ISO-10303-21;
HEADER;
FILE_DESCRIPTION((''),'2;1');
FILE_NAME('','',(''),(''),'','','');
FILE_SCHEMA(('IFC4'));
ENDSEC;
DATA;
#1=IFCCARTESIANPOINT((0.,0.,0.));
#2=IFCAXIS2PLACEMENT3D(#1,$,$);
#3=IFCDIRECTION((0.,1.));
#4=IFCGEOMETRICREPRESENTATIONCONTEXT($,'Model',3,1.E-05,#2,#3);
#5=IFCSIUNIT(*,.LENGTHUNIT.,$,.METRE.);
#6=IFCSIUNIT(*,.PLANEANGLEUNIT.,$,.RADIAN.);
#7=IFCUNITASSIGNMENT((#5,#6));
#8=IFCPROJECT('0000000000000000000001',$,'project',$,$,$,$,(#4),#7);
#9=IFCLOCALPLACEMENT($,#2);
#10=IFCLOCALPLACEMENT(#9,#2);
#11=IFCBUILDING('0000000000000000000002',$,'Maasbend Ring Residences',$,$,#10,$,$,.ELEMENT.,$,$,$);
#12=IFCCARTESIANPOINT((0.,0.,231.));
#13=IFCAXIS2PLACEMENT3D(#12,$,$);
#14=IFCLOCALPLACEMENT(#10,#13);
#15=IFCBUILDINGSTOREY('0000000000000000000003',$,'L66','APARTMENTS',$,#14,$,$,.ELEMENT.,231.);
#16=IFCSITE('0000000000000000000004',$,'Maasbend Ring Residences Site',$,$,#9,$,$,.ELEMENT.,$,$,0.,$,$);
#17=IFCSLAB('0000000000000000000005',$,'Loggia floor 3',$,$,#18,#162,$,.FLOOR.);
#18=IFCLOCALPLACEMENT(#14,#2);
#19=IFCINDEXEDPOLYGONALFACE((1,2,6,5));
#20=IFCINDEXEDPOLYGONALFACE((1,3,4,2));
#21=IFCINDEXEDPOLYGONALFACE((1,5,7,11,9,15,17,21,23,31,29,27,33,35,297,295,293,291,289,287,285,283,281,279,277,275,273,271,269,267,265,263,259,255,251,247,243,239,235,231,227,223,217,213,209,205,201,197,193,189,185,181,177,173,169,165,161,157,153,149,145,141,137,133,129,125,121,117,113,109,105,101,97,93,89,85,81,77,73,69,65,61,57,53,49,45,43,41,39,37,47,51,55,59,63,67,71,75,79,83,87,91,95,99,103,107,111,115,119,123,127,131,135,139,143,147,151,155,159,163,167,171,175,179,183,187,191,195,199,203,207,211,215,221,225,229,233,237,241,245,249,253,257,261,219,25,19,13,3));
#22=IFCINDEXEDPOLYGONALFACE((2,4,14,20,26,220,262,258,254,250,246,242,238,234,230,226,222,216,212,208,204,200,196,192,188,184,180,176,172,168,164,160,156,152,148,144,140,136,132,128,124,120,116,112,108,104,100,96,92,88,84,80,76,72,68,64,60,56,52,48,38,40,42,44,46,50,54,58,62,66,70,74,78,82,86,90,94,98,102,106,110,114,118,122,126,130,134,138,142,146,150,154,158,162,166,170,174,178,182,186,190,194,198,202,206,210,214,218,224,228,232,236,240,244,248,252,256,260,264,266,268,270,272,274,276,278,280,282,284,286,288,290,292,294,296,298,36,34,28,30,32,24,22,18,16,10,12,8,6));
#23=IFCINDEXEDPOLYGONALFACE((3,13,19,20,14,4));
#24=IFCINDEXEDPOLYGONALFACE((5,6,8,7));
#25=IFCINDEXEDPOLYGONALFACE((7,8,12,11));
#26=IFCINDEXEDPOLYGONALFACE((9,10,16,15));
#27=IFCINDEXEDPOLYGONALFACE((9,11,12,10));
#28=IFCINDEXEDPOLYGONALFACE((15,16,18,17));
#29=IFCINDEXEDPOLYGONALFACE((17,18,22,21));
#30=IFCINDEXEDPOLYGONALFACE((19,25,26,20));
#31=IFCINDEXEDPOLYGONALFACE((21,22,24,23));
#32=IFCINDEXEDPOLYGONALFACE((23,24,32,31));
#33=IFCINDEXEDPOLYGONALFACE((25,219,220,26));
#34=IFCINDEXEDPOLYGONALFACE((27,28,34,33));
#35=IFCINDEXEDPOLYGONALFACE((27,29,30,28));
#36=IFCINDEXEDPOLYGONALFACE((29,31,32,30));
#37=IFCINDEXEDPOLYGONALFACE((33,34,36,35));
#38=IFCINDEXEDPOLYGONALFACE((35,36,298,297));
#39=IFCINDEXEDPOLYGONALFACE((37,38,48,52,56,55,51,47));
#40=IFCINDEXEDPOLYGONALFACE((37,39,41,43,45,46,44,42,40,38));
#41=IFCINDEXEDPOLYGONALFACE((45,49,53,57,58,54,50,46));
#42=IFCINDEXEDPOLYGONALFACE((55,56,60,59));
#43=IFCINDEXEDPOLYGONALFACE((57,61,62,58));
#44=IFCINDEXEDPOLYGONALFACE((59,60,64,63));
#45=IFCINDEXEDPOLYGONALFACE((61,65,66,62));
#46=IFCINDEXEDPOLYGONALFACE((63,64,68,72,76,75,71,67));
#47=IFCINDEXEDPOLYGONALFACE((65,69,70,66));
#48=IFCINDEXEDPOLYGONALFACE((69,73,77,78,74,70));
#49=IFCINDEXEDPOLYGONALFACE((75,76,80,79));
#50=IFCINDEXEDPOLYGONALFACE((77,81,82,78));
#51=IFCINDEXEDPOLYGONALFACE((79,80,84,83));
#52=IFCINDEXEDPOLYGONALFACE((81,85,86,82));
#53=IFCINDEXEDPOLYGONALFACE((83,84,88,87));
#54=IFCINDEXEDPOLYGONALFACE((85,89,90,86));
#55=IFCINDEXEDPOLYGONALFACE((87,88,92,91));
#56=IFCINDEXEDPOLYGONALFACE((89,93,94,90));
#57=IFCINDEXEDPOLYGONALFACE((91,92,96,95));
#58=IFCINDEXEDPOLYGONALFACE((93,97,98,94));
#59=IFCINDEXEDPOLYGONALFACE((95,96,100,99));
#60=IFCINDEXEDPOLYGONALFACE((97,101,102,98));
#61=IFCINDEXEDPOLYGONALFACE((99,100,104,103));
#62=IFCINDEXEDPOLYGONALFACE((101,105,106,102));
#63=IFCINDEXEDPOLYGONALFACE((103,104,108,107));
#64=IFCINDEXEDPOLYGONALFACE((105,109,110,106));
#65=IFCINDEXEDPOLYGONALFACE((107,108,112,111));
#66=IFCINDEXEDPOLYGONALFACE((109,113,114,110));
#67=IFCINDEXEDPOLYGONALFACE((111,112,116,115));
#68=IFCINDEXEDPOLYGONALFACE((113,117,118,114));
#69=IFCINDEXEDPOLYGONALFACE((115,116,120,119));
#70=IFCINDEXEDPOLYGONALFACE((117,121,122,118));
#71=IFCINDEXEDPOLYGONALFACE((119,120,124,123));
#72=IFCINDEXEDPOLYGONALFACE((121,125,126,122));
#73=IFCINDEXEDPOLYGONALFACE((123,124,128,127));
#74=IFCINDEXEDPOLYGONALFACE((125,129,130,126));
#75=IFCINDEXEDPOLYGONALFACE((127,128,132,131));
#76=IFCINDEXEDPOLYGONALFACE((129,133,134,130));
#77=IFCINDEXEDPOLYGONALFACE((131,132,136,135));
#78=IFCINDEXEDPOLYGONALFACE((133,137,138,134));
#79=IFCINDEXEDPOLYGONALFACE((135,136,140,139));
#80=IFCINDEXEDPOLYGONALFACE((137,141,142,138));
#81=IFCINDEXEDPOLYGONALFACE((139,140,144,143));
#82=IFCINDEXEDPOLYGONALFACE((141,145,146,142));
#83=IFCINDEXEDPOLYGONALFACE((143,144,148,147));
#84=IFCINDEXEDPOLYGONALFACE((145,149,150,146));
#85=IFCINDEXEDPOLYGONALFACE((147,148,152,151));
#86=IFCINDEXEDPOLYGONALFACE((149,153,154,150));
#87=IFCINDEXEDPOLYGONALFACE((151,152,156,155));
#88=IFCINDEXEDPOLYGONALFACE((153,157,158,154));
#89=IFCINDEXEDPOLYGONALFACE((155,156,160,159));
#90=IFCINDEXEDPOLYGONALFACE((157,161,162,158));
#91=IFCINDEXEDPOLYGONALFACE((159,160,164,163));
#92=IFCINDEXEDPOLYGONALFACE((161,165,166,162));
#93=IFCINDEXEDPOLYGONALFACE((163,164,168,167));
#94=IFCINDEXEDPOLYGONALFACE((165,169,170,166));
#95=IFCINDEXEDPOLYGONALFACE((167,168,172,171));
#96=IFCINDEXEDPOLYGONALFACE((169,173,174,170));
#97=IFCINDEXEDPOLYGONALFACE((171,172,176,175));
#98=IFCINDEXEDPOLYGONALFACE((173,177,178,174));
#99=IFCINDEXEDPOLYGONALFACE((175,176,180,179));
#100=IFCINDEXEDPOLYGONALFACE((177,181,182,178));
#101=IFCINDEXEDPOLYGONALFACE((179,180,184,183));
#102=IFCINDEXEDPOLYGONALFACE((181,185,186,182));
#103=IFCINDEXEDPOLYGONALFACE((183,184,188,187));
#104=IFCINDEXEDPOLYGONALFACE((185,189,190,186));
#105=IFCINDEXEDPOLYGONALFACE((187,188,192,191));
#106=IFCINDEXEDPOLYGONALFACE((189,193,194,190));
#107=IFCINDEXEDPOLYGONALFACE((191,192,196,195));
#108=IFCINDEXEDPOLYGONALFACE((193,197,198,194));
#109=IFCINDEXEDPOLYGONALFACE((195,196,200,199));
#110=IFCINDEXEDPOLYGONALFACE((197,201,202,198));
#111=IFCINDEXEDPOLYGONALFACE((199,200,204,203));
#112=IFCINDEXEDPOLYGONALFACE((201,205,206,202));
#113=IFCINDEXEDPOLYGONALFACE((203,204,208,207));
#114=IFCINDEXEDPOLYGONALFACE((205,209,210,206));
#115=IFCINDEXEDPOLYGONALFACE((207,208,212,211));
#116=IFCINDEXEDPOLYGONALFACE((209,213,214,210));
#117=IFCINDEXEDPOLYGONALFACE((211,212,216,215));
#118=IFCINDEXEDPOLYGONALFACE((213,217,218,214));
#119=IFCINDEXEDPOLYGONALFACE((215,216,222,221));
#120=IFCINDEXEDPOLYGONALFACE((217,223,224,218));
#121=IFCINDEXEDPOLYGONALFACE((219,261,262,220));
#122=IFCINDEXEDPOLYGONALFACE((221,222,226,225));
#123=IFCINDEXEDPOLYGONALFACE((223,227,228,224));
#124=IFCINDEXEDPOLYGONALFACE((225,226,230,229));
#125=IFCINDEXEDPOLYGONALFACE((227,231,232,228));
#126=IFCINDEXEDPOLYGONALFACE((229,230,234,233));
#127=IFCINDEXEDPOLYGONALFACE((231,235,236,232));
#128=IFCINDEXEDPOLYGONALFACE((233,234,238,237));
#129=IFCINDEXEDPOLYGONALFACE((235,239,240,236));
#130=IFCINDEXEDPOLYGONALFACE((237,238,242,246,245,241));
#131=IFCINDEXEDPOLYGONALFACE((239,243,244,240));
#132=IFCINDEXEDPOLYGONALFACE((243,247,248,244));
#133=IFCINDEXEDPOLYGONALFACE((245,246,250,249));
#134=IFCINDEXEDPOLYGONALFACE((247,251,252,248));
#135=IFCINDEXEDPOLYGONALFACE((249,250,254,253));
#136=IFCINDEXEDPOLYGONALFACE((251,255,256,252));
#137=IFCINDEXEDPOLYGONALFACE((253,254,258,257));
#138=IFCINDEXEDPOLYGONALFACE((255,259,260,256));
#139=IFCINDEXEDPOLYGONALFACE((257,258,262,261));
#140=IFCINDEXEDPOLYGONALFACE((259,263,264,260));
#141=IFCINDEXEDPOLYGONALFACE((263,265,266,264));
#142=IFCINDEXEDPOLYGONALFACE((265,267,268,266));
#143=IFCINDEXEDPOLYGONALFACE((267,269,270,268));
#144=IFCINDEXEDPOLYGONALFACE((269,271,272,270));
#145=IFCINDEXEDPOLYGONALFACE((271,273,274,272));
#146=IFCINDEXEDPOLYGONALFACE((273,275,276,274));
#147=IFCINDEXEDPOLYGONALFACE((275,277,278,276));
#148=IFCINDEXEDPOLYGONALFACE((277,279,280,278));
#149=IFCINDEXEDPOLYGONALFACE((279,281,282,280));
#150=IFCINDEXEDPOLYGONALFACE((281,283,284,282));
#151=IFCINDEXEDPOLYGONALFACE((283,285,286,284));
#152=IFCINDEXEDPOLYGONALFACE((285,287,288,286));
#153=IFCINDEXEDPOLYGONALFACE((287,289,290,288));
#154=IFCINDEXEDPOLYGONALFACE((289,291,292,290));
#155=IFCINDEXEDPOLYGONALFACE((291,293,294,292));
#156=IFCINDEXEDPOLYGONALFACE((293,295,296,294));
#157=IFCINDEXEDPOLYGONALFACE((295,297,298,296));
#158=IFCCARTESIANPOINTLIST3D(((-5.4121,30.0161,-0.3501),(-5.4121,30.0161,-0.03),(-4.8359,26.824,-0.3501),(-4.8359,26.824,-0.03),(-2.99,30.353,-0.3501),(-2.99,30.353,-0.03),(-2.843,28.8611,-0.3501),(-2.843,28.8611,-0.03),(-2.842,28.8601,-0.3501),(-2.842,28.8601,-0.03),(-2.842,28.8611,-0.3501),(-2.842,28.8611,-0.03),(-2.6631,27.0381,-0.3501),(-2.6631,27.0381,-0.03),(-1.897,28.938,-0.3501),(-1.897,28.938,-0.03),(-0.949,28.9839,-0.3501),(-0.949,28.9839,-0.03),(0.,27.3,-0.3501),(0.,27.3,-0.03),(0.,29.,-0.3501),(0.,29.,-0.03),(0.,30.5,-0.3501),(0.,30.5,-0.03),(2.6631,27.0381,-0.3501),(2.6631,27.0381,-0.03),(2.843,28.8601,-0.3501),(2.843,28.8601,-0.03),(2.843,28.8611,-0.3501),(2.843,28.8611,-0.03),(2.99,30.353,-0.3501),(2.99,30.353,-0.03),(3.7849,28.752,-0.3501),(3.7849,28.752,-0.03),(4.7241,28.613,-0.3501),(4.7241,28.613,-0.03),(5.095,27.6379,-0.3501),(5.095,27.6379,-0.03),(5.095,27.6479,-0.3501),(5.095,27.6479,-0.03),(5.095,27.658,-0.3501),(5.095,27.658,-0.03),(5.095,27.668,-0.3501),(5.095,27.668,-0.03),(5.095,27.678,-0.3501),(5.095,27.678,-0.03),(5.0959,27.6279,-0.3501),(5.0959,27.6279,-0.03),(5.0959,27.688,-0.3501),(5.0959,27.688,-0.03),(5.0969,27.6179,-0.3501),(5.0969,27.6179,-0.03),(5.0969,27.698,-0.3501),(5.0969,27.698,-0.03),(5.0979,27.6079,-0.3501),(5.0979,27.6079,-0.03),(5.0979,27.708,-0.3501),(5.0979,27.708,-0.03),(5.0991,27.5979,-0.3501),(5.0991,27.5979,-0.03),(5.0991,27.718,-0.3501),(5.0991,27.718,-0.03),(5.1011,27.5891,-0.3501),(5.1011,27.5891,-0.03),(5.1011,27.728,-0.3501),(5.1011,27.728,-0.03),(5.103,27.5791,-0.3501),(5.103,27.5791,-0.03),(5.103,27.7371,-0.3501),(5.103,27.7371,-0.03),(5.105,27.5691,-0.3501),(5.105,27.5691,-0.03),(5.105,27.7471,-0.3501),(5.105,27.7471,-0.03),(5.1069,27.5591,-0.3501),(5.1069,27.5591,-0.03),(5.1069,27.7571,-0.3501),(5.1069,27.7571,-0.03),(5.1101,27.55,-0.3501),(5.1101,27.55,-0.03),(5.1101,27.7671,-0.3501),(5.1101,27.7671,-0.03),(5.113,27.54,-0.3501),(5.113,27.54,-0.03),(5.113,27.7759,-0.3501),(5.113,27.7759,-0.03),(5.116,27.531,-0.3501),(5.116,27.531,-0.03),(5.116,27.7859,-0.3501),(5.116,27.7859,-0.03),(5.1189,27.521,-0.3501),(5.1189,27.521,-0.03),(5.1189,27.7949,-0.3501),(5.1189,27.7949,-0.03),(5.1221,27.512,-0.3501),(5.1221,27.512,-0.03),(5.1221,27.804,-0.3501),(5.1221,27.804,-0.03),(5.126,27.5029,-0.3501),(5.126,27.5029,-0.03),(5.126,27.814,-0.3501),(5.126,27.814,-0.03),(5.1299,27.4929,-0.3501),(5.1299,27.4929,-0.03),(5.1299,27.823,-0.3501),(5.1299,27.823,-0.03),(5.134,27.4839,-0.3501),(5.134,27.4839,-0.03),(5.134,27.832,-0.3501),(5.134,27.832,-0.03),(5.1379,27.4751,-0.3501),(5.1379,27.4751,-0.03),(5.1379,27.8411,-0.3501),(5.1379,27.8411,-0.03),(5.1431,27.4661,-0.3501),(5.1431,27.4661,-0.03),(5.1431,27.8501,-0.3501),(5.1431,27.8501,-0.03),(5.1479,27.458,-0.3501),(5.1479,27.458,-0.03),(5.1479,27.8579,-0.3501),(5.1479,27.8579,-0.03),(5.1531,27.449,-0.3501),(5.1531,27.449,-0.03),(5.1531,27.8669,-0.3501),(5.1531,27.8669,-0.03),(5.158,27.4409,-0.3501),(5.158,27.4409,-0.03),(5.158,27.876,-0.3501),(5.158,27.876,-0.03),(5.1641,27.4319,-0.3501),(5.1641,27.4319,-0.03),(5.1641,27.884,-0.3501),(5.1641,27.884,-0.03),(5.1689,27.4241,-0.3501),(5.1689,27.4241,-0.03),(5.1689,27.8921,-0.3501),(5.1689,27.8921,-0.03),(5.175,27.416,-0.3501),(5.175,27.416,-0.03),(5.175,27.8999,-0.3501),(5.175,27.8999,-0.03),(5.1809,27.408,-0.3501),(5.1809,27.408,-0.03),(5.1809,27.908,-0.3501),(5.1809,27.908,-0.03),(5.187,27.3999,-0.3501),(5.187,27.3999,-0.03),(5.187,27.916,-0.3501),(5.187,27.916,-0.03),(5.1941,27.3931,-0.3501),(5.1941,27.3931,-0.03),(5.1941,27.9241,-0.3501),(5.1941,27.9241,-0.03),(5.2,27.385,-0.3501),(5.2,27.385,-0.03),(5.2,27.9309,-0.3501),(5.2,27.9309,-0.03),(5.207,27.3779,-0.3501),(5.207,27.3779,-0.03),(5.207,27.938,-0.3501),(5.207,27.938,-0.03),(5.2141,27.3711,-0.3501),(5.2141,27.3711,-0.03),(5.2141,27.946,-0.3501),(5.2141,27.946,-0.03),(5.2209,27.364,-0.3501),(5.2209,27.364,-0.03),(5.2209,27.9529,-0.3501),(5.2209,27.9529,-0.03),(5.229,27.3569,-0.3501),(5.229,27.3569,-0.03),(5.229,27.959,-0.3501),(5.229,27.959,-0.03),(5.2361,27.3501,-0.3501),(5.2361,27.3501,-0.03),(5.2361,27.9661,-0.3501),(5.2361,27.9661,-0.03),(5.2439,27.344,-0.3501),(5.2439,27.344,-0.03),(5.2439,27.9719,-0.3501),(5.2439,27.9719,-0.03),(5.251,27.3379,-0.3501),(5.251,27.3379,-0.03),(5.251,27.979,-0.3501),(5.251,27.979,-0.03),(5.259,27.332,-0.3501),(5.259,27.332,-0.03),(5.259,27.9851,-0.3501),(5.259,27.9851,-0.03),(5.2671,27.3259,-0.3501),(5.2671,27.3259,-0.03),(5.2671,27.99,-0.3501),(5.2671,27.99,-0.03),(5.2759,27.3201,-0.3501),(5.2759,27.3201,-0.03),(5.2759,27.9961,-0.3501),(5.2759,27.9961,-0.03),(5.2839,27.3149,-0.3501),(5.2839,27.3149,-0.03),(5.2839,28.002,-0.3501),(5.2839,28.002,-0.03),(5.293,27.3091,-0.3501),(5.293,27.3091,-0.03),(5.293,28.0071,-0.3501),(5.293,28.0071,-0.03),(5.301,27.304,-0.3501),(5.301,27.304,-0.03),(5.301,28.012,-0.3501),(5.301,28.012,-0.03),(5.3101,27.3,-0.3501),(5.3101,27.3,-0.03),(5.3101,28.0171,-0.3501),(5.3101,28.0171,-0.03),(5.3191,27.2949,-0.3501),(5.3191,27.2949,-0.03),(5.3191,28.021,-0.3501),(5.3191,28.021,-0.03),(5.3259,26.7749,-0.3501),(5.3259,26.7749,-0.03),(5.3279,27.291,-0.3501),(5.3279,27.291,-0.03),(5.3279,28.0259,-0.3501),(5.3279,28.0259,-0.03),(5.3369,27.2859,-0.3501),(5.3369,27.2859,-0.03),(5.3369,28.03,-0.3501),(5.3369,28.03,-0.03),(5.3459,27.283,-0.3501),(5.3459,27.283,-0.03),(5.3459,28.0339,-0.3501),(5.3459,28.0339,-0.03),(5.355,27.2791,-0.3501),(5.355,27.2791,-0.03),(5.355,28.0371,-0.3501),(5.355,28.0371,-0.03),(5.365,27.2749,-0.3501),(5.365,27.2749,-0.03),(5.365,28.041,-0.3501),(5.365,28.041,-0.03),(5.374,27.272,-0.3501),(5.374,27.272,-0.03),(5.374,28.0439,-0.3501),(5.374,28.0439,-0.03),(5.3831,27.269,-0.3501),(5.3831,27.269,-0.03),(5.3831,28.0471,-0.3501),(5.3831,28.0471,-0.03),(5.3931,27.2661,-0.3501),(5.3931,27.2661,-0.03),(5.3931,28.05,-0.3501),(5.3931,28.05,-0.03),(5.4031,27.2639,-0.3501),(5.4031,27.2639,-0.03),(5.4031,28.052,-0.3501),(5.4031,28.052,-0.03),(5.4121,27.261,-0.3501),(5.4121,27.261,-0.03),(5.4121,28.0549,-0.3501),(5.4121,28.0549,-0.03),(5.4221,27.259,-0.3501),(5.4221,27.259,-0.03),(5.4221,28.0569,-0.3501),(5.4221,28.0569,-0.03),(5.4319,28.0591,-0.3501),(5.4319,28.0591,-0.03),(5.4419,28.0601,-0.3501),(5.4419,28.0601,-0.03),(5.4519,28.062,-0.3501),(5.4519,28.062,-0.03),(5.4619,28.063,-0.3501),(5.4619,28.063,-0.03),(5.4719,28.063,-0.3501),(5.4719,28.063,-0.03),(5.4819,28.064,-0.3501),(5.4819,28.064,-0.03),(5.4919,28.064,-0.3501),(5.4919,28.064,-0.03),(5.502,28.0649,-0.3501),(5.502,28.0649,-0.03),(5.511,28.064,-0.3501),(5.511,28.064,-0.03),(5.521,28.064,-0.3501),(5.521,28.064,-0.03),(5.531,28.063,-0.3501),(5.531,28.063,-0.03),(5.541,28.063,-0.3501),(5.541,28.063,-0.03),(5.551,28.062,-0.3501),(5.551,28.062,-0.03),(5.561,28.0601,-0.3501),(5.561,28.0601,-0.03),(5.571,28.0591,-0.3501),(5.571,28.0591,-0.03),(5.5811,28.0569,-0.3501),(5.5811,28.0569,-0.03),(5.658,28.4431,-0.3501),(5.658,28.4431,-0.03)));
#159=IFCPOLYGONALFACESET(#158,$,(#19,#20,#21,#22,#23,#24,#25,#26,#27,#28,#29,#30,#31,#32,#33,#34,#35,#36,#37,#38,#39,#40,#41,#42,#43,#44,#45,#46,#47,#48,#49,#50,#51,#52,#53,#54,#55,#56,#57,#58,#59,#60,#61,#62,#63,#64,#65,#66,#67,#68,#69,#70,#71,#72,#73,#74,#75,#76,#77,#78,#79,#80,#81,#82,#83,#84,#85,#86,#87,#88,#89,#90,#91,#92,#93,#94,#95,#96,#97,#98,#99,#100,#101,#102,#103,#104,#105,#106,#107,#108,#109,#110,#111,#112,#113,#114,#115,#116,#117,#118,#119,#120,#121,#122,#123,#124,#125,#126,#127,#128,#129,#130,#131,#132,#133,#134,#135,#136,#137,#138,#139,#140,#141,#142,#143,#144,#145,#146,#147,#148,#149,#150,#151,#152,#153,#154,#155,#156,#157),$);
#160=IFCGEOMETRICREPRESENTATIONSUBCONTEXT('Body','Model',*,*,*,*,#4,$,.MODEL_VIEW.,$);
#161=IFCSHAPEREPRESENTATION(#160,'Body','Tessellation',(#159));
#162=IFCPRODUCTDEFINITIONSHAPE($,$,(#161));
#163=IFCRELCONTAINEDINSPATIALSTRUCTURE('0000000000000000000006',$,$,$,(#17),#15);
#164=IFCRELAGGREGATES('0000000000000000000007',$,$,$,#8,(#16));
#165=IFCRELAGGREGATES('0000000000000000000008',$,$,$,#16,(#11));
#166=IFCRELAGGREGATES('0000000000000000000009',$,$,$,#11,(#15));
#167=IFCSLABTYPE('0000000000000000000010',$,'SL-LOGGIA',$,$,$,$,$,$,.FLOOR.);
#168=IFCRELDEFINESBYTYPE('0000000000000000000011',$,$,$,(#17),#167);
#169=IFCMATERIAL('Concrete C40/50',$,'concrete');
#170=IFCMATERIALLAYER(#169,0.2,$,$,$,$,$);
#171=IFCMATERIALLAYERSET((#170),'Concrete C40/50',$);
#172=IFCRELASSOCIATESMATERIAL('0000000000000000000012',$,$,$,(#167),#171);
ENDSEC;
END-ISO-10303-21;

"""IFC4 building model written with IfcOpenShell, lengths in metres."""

from ifc_helpers import new_model, si_unit, direction, frame, origin, place, context, subcontext, project, spatial, polyline, outline, extrude, material, layer, layer_set, type_object, element, save


model = new_model("IFC4")

# Units and contexts
model_context = context("Model", 3, precision=1e-05, world=origin(), true_north=direction((0.0, 1.0)))
body_context = subcontext(model_context, "Body", "Model", "MODEL_VIEW")
ifc_project = project(units=[si_unit("LENGTHUNIT", "METRE"), si_unit("PLANEANGLEUNIT", "RADIAN")], contexts=[model_context])

# Site, building, storey
site_placement = place(None, origin())
site = spatial("IfcSite", under=ifc_project, at=site_placement, Name="Maasbend Ring Residences Site", CompositionType="ELEMENT", RefElevation=0.0)
building_placement = place(site_placement, origin())
building = spatial("IfcBuilding", under=site, at=building_placement, Name="Maasbend Ring Residences", CompositionType="ELEMENT")
storey_placement = place(building_placement, frame((0.0, 0.0, 231.0)))
storey = spatial("IfcBuildingStorey", under=building, at=storey_placement, Name="L66", Description="APARTMENTS", CompositionType="ELEMENT", Elevation=231.0)

# Slab
ifc_material_1 = material(Name="Concrete C40/50", Category="concrete")
ifc_layer_1 = layer(ifc_material_1, 0.2)
ifc_layer_set_1 = layer_set([ifc_layer_1], Name="Concrete C40/50")
slab_type_1 = type_object("IfcSlabType", Name="SL-LOGGIA", PredefinedType="FLOOR", material=ifc_layer_set_1)
slab_1_placement = place(storey_placement, frame((0.0, 0.0, -0.3501)))
element("IfcSlab", 1, at=slab_1_placement, inside=storey, type_object=slab_type_1, Name="Loggia floor 3", PredefinedType="FLOOR", context=body_context, shape_type="SweptSolid", body=[
    extrude(outline(polyline([(-2.843, 28.8611), (-2.843, 28.8611), (-2.843, 28.8611), (-2.843, 28.8611), (-2.842, 28.8611), (-2.842, 28.8611), (-2.842, 28.8611), (-2.842, 28.8611), (-2.842, 28.8611), (-2.842, 28.8601), (-2.842, 28.8601), (-2.842, 28.8601), (-2.842, 28.8601), (-2.842, 28.8601), (-2.842, 28.8601), (-2.842, 28.8601), (-2.842, 28.8601), (-1.897, 28.938), (-1.897, 28.938), (-0.949, 28.9839), (-0.949, 28.9839), (0.0, 29.0), (0.0, 29.0), (0.0, 29.0), (0.0, 29.0), (0.0, 29.0), (0.0, 29.0), (0.0, 29.0), (0.0, 29.0), (0.0, 29.0), (0.0, 29.0), (0.0, 29.0), (0.0, 29.0), (0.0, 29.0), (0.0, 29.0), (0.0, 29.0), (0.0, 29.0), (0.0, 29.0), (0.0, 30.5), (0.0, 30.5), (0.0, 30.5), (2.99, 30.353), (2.99, 30.353), (2.99, 30.353), (2.843, 28.8611), (2.843, 28.8611), (2.843, 28.8611), (2.843, 28.8611), (2.843, 28.8611), (2.843, 28.8611), (2.843, 28.8611), (2.843, 28.8611), (2.843, 28.8601), (2.843, 28.8601), (2.843, 28.8601), (2.843, 28.8601), (2.843, 28.8601), (2.843, 28.8601), (2.843, 28.8601), (2.843, 28.8601), (2.843, 28.8601), (3.7849, 28.752), (3.7849, 28.752), (4.7241, 28.613), (4.7241, 28.613), (5.658, 28.4431), (5.658, 28.4431), (5.658, 28.4431), (5.5811, 28.0569), (5.5811, 28.0569), (5.571, 28.0591), (5.561, 28.0601), (5.551, 28.062), (5.541, 28.063), (5.531, 28.063), (5.521, 28.064), (5.511, 28.064), (5.502, 28.0649), (5.4919, 28.064), (5.4819, 28.064), (5.4719, 28.063), (5.4619, 28.063), (5.4519, 28.062), (5.4419, 28.0601), (5.4319, 28.0591), (5.4221, 28.0569), (5.4121, 28.0549), (5.4031, 28.052), (5.3931, 28.05), (5.3831, 28.0471), (5.374, 28.0439), (5.365, 28.041), (5.355, 28.0371), (5.3459, 28.0339), (5.3369, 28.03), (5.3279, 28.0259), (5.3191, 28.021), (5.3101, 28.0171), (5.301, 28.012), (5.293, 28.0071), (5.2839, 28.002), (5.2759, 27.9961), (5.2671, 27.99), (5.259, 27.9851), (5.251, 27.979), (5.2439, 27.9719), (5.2361, 27.9661), (5.229, 27.959), (5.2209, 27.9529), (5.2141, 27.946), (5.207, 27.938), (5.2, 27.9309), (5.1941, 27.9241), (5.187, 27.916), (5.1809, 27.908), (5.175, 27.8999), (5.1689, 27.8921), (5.1641, 27.884), (5.158, 27.876), (5.1531, 27.8669), (5.1479, 27.8579), (5.1431, 27.8501), (5.1379, 27.8411), (5.134, 27.832), (5.1299, 27.823), (5.126, 27.814), (5.1221, 27.804), (5.1189, 27.7949), (5.116, 27.7859), (5.113, 27.7759), (5.1101, 27.7671), (5.1069, 27.7571), (5.105, 27.7471), (5.103, 27.7371), (5.1011, 27.728), (5.0991, 27.718), (5.0979, 27.708), (5.0969, 27.698), (5.0959, 27.688), (5.095, 27.678), (5.095, 27.668), (5.095, 27.658), (5.095, 27.6479), (5.095, 27.6379), (5.0959, 27.6279), (5.0969, 27.6179), (5.0979, 27.6079), (5.0991, 27.5979), (5.1011, 27.5891), (5.103, 27.5791), (5.105, 27.5691), (5.1069, 27.5591), (5.1101, 27.55), (5.113, 27.54), (5.116, 27.531), (5.1189, 27.521), (5.1221, 27.512), (5.126, 27.5029), (5.1299, 27.4929), (5.134, 27.4839), (5.1379, 27.4751), (5.1431, 27.4661), (5.1479, 27.458), (5.1531, 27.449), (5.158, 27.4409), (5.1641, 27.4319), (5.1689, 27.4241), (5.175, 27.416), (5.1809, 27.408), (5.187, 27.3999), (5.1941, 27.3931), (5.2, 27.385), (5.207, 27.3779), (5.2141, 27.3711), (5.2209, 27.364), (5.229, 27.3569), (5.2361, 27.3501), (5.2439, 27.344), (5.251, 27.3379), (5.259, 27.332), (5.2671, 27.3259), (5.2759, 27.3201), (5.2839, 27.3149), (5.293, 27.3091), (5.301, 27.304), (5.3101, 27.3), (5.3191, 27.2949), (5.3279, 27.291), (5.3369, 27.2859), (5.3459, 27.283), (5.355, 27.2791), (5.365, 27.2749), (5.374, 27.272), (5.3831, 27.269), (5.3931, 27.2661), (5.4031, 27.2639), (5.4121, 27.261), (5.4221, 27.259), (5.4221, 27.259), (5.3259, 26.7749), (5.3259, 26.7749), (5.3259, 26.7749), (2.6631, 27.0381), (0.0, 27.3), (0.0, 27.3), (0.0, 27.3), (-2.6631, 27.0381), (-4.8359, 26.824), (-4.8359, 26.824), (-4.8359, 26.824), (-5.4121, 30.0161), (-5.4121, 30.0161), (-5.4121, 30.0161), (-2.99, 30.353), (-2.99, 30.353), (-2.99, 30.353), (-2.843, 28.8611)])), origin(), (0.0, 0.0, 1.0), 0.3201),
])

save(model, "model.ifc")
